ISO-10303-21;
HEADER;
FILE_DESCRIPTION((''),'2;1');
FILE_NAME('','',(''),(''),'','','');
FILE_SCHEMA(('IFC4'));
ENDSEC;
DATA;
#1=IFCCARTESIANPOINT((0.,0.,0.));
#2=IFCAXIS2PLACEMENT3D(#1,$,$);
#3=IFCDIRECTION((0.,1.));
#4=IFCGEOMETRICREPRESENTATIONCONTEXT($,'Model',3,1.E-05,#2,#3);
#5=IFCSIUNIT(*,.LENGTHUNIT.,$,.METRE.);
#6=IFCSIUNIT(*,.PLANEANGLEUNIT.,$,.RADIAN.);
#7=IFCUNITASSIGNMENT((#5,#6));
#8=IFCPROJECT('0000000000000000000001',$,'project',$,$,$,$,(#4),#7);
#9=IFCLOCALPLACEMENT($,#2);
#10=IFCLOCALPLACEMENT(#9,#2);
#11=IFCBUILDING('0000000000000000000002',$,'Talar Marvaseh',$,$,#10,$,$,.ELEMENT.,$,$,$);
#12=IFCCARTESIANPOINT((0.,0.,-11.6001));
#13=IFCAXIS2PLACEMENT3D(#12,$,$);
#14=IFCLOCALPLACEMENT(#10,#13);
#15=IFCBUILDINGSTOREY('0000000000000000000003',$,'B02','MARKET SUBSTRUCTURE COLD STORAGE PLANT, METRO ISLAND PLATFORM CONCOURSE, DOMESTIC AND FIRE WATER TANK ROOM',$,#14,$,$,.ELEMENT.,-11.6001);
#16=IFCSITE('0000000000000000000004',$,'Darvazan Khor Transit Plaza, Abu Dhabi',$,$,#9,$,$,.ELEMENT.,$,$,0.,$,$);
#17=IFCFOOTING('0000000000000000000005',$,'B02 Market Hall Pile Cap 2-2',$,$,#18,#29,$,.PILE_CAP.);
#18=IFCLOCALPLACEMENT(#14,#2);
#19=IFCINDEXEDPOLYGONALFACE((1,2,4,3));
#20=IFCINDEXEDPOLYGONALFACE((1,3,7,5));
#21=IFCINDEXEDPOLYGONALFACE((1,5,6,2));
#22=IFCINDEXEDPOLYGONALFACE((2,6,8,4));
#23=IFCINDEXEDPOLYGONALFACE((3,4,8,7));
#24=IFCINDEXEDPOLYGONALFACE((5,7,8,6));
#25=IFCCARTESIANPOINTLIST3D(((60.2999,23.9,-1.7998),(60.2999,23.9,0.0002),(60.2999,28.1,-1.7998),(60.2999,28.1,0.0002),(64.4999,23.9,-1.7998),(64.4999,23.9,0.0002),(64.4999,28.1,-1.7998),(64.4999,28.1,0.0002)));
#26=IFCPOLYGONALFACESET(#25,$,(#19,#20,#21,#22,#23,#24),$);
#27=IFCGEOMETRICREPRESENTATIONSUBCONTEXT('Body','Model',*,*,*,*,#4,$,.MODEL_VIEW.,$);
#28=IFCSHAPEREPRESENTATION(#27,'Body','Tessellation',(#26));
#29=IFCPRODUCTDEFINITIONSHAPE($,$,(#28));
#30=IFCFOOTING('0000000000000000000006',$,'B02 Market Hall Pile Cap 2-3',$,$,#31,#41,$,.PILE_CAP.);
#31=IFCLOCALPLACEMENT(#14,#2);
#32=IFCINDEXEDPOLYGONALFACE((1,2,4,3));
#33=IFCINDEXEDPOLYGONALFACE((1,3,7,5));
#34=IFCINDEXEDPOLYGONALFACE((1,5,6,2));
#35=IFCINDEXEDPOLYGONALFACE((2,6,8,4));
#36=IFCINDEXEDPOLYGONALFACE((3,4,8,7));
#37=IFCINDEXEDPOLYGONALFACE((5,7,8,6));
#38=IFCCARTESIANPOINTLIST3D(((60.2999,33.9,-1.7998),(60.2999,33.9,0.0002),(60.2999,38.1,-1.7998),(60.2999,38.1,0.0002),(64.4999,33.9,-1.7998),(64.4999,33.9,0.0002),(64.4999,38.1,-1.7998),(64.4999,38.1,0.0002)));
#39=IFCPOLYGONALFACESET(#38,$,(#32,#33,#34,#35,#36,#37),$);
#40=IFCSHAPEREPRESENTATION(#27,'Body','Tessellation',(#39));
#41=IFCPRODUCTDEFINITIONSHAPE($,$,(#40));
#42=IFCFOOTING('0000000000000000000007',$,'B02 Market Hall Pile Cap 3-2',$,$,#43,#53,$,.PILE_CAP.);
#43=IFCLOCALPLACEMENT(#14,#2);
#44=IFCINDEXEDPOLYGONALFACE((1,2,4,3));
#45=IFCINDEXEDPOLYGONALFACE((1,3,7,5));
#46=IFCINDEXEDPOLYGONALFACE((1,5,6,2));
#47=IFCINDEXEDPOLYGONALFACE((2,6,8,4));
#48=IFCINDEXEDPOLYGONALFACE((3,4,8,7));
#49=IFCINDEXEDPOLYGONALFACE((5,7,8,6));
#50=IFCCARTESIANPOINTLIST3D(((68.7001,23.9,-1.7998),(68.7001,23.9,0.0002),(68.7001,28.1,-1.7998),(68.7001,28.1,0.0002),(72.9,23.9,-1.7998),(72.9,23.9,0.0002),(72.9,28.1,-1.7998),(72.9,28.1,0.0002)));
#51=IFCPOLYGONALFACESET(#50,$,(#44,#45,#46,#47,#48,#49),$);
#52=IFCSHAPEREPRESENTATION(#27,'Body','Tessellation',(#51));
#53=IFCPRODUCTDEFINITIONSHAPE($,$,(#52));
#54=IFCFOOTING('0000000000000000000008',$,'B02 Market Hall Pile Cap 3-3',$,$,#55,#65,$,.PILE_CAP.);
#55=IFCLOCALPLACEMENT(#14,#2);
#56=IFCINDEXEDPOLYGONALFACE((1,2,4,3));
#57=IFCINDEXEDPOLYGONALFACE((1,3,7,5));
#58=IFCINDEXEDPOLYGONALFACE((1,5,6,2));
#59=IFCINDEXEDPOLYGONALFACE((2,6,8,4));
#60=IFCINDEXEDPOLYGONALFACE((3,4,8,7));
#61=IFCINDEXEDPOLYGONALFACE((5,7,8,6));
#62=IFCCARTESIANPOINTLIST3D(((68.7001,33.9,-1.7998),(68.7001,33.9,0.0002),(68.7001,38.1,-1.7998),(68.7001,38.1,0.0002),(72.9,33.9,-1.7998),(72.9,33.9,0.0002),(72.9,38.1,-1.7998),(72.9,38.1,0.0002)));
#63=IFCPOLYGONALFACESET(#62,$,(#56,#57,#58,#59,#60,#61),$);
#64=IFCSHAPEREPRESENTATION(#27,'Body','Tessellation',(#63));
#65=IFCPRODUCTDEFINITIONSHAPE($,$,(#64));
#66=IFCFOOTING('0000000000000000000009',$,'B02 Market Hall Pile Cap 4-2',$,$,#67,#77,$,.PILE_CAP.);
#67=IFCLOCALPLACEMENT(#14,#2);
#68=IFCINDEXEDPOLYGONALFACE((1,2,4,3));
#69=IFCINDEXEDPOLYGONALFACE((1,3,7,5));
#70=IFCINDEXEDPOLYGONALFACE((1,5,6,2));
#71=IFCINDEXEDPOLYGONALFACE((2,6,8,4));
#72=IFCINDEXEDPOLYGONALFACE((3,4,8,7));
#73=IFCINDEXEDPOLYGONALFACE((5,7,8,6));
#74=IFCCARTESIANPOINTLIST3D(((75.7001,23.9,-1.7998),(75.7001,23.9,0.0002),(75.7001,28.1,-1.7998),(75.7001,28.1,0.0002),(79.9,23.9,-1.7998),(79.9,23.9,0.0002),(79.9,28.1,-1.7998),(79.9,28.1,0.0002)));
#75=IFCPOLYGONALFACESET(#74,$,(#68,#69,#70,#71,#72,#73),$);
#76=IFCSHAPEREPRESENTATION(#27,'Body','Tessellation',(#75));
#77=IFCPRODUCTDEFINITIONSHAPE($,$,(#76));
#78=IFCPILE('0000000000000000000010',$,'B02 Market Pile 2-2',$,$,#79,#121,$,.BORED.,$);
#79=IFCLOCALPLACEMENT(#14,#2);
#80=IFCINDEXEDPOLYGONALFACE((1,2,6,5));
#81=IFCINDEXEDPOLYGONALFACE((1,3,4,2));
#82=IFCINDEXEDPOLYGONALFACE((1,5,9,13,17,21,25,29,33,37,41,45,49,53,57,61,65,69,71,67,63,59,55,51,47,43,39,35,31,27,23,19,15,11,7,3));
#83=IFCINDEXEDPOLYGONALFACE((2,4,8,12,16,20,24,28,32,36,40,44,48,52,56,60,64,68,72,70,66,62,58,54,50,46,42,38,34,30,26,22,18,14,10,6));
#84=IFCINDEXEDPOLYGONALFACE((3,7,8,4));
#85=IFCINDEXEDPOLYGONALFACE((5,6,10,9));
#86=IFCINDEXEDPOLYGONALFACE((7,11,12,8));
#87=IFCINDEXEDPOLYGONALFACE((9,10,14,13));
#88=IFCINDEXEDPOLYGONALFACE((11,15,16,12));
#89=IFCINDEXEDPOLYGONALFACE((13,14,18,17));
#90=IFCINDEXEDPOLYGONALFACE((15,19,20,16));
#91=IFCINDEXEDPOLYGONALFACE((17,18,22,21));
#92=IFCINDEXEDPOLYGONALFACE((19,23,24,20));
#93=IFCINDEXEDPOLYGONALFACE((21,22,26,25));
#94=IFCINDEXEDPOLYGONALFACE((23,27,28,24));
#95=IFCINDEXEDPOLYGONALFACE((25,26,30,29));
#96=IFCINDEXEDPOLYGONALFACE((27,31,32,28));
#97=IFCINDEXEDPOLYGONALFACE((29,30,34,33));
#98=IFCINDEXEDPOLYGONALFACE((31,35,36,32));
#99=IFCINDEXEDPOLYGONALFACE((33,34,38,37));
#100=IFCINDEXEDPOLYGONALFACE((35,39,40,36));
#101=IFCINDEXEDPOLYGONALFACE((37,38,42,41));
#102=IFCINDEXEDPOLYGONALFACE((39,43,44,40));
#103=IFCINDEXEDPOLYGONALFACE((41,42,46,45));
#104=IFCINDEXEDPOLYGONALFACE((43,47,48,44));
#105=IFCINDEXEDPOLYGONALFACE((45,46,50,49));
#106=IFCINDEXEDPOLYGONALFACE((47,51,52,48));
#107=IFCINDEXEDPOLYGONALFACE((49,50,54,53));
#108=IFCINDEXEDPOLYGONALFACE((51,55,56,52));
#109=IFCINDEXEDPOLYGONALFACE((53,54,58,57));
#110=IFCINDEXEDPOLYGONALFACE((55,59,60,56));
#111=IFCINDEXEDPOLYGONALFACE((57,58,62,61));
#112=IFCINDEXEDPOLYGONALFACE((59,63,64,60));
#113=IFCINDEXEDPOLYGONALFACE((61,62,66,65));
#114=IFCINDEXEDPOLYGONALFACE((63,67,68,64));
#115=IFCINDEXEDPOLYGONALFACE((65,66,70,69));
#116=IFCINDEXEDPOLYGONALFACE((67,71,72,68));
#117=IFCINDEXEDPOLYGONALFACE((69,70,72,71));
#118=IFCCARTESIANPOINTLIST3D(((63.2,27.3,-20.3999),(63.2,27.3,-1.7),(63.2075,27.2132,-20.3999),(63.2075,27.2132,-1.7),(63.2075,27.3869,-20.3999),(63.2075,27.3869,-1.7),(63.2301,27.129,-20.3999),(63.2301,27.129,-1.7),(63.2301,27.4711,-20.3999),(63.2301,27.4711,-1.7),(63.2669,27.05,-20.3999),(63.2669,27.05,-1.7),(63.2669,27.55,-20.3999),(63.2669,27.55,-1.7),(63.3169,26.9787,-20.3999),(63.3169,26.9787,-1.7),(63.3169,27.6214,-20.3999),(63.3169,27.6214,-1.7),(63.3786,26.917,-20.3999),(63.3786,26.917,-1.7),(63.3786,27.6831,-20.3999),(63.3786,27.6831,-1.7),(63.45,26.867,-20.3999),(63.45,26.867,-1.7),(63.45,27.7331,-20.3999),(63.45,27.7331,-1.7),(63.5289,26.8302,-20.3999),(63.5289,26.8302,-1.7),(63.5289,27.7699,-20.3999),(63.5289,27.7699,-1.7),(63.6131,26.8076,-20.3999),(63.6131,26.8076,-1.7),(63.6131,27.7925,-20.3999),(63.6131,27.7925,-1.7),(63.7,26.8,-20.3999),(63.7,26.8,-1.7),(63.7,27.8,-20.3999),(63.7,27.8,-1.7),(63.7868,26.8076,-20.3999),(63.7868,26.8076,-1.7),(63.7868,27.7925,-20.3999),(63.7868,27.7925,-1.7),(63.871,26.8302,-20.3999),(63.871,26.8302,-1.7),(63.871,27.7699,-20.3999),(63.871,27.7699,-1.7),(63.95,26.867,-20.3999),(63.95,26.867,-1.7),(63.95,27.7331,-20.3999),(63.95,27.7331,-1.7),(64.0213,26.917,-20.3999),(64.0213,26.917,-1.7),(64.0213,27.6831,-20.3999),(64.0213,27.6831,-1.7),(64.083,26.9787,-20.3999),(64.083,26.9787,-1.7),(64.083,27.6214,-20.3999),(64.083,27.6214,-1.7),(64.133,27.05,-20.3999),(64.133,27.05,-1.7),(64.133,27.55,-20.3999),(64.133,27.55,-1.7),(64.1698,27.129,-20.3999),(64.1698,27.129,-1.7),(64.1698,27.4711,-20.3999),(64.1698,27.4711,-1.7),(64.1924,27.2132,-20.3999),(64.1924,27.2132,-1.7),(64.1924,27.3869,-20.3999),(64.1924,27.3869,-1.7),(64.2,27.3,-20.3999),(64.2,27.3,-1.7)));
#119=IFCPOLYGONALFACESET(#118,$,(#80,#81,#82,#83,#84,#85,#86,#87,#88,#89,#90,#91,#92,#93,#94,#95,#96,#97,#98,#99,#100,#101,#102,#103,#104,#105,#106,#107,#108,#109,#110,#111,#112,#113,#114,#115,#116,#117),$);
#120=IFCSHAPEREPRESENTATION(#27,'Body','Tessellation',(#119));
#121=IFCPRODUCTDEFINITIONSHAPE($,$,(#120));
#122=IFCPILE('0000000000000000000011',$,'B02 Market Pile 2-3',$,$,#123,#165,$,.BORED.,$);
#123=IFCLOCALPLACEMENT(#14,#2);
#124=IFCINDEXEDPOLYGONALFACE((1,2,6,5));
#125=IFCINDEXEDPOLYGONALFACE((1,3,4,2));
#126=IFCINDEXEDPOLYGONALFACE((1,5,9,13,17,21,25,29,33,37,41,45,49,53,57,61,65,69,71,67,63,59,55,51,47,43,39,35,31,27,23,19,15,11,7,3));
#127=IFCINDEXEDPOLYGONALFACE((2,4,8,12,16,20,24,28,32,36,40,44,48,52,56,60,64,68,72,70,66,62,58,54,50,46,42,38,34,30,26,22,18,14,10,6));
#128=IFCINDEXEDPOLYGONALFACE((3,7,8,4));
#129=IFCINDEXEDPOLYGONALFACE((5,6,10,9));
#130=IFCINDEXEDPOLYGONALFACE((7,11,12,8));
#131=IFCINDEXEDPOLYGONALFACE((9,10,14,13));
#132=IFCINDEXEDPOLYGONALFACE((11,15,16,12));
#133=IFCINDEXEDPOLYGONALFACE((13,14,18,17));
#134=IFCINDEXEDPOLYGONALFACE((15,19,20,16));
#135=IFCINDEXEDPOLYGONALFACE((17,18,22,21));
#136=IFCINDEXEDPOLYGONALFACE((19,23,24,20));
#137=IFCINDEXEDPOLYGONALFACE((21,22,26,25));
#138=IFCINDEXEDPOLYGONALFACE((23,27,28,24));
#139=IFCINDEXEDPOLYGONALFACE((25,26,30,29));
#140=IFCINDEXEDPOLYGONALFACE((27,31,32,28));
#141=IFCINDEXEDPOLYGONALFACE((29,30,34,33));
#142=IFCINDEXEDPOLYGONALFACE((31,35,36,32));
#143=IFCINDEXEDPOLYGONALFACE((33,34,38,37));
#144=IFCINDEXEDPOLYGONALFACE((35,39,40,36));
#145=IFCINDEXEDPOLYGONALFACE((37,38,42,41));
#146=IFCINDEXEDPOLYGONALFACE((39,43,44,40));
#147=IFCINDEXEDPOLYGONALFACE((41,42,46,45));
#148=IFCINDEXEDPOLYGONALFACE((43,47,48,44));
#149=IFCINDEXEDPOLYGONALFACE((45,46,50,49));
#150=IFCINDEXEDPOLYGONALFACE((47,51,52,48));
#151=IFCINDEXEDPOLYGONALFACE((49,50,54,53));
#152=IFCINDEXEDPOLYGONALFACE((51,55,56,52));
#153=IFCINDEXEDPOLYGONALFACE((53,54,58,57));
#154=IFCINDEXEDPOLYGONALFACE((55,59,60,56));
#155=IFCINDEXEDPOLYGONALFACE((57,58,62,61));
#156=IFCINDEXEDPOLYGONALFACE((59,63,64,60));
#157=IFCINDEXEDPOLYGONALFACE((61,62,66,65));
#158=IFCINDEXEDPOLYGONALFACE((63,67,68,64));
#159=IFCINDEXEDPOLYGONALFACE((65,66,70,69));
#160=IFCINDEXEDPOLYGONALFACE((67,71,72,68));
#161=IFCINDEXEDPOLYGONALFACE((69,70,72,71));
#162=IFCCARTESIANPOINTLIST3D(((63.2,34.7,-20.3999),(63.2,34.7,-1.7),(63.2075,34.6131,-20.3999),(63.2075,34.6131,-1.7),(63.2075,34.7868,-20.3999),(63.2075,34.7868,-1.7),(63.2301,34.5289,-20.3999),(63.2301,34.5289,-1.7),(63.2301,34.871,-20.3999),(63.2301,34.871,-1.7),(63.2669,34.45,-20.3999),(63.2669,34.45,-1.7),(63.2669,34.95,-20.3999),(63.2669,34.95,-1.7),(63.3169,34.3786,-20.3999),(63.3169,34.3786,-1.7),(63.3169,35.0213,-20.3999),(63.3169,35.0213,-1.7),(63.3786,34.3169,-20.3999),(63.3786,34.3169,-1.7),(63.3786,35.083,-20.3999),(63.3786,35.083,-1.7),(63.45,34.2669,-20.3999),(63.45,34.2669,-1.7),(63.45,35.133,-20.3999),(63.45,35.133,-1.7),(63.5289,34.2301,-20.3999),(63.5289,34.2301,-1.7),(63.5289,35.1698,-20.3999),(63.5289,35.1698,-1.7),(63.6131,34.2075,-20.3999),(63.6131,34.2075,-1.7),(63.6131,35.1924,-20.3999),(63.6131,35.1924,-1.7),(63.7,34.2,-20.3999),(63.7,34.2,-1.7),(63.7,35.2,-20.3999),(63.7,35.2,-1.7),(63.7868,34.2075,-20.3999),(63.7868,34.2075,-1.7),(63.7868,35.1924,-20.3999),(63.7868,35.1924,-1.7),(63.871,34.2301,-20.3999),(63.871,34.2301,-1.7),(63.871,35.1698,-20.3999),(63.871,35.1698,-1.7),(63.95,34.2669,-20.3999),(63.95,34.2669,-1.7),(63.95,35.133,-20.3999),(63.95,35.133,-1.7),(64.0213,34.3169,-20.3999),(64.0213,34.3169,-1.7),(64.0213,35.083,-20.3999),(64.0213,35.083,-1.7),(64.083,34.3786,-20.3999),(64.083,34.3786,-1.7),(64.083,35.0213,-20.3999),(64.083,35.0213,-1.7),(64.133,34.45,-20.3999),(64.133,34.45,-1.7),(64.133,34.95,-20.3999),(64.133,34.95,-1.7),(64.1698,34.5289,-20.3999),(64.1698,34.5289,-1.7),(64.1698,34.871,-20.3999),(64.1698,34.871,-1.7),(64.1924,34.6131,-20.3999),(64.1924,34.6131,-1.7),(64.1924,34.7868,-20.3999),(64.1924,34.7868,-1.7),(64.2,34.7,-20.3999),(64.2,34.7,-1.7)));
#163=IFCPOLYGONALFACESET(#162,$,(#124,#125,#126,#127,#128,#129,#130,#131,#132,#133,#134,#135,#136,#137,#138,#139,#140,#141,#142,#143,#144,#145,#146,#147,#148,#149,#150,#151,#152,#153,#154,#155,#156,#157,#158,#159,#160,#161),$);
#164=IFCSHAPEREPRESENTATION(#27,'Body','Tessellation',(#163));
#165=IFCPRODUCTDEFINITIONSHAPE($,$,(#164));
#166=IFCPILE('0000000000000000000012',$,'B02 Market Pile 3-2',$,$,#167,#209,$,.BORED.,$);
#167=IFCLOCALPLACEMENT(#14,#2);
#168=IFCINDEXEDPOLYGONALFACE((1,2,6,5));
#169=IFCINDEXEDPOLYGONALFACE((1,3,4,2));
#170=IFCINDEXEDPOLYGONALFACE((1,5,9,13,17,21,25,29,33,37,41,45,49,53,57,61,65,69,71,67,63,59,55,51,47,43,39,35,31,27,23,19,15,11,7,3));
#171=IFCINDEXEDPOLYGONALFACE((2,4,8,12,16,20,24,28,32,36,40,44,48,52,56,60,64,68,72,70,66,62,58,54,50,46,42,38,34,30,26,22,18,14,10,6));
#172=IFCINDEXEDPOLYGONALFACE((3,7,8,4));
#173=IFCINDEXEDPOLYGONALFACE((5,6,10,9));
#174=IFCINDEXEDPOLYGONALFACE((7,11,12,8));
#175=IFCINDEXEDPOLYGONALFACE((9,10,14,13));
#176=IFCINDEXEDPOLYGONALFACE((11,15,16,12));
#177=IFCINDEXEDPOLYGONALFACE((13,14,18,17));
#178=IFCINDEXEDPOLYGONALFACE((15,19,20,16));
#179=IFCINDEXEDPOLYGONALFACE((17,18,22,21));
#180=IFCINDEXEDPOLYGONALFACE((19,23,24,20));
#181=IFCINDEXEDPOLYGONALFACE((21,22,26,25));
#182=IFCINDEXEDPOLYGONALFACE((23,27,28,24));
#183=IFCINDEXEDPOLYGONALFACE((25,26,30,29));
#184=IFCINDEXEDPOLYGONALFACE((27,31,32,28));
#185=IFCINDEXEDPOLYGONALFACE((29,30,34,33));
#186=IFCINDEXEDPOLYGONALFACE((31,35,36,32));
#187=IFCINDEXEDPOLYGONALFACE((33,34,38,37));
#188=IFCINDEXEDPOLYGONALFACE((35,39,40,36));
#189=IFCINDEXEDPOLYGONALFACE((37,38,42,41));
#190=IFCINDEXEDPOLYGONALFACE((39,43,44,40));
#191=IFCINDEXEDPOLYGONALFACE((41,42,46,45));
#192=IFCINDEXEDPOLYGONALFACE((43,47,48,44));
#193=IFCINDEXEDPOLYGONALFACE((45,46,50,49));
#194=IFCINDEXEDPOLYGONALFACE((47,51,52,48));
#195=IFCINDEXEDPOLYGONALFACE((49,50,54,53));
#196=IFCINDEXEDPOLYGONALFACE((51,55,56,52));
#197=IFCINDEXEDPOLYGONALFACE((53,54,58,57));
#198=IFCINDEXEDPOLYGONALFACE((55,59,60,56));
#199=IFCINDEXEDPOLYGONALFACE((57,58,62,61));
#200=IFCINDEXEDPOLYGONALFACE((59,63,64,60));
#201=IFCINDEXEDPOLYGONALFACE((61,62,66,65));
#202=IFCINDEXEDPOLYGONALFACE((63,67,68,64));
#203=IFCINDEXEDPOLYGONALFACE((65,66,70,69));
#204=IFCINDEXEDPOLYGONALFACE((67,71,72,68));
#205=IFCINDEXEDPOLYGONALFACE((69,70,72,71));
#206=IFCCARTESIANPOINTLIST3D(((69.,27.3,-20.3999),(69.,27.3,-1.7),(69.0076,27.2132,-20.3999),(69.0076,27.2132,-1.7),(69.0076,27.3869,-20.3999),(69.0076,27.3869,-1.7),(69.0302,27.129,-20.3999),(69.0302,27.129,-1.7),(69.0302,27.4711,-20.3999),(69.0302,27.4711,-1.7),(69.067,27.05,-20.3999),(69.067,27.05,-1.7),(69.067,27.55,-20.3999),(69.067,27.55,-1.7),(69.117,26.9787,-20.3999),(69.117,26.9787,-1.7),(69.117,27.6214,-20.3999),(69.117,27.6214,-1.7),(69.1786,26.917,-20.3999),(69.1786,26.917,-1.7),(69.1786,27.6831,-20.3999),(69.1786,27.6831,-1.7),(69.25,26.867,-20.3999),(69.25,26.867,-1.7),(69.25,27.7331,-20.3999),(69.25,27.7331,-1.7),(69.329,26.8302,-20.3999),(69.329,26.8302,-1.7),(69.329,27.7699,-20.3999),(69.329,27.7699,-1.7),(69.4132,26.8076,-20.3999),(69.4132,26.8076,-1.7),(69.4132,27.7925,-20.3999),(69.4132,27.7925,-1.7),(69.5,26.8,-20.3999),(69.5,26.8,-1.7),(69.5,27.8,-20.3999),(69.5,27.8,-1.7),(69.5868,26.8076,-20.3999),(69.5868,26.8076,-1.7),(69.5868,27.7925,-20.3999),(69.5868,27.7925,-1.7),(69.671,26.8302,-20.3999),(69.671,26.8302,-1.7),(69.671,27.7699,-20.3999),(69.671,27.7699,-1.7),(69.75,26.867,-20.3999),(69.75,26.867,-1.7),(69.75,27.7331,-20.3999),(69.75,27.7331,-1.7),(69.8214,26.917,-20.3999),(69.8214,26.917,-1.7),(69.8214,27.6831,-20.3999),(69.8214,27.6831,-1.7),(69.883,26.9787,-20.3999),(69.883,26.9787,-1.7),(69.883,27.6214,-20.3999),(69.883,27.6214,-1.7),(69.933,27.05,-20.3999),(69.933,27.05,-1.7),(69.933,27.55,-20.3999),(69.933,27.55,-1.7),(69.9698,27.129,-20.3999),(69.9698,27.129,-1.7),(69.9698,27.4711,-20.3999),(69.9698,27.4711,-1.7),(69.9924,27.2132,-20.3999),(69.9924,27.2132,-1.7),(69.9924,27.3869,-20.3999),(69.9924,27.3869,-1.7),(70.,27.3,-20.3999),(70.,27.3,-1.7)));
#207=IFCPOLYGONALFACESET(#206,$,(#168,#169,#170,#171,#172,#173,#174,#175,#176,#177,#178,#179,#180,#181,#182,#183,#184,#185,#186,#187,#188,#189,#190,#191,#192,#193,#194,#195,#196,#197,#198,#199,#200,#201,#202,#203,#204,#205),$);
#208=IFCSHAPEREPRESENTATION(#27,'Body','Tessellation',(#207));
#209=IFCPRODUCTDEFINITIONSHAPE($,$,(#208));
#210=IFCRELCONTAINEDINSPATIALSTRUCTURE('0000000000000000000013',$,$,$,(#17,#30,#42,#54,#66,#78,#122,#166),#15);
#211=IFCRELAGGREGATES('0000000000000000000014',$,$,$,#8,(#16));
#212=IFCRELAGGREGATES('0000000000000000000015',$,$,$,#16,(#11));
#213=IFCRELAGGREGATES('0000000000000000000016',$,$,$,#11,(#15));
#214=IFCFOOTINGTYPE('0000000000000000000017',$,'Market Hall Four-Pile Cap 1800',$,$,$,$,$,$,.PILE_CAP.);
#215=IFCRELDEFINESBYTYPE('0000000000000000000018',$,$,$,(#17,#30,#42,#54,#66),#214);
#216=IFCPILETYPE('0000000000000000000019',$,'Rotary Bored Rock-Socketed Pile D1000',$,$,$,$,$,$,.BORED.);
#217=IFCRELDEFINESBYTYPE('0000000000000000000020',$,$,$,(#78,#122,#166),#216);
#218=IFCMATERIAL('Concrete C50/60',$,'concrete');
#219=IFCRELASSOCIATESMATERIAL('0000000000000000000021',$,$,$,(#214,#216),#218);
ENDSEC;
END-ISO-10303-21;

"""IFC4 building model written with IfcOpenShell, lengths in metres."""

from ifc_helpers import new_model, si_unit, direction, frame, origin, origin_2d, place, context, subcontext, project, spatial, rectangle, circle, extrude, source, transform, mapped, material, material_profile, profile_set, type_object, type_shapes, element, save


model = new_model("IFC4")

# Units and contexts
model_context = context("Model", 3, precision=1e-05, world=origin(), true_north=direction((0.0, 1.0)))
body_context = subcontext(model_context, "Body", "Model", "MODEL_VIEW")
ifc_project = project(units=[si_unit("LENGTHUNIT", "METRE"), si_unit("PLANEANGLEUNIT", "RADIAN")], contexts=[model_context])

# Site, building, storey
site_placement = place(None, origin())
site = spatial("IfcSite", under=ifc_project, at=site_placement, Name="Darvazan Khor Transit Plaza, Abu Dhabi", CompositionType="ELEMENT", RefElevation=0.0)
building_placement = place(site_placement, origin())
building = spatial("IfcBuilding", under=site, at=building_placement, Name="Talar Marvaseh", CompositionType="ELEMENT")
storey_placement = place(building_placement, frame((0.0, 0.0, -11.6001)))
storey = spatial("IfcBuildingStorey", under=building, at=storey_placement, Name="B02", Description="MARKET SUBSTRUCTURE COLD STORAGE PLANT, METRO ISLAND PLATFORM CONCOURSE, DOMESTIC AND FIRE WATER TANK ROOM", CompositionType="ELEMENT", Elevation=-11.6001)

# Footings
ifc_material_1 = material(Name="Concrete C50/60", Category="concrete")
footing_type_1 = type_object("IfcFootingType", Name="Market Hall Four-Pile Cap 1800", PredefinedType="PILE_CAP", material=ifc_material_1)
shared_shape_1 = source(origin(), body_context, "Body", "SweptSolid", [
    extrude(rectangle(XDim=4.2, YDim=4.2, at=origin_2d()), origin(), (0.0, 0.0, 1.0), 1.8),
])
type_shapes(footing_type_1, [shared_shape_1])
for number, where, z_axis, x_axis, name in (
    (1, (62.3999, 26.0, -1.7998), (0.0, 0.0, 1.0), (1.0, 0.0, 0.0), "B02 Market Hall Pile Cap 2-2"),
    (2, (62.3999, 36.0, -1.7998), (0.0, 0.0, 1.0), (1.0, 0.0, 0.0), "B02 Market Hall Pile Cap 2-3"),
    (3, (70.8, 26.0, -1.7998), (0.0, 0.0, 1.0), (1.0, 0.0, 0.0), "B02 Market Hall Pile Cap 3-2"),
    (4, (70.8, 36.0, -1.7998), (0.0, 0.0, 1.0), (1.0, 0.0, 0.0), "B02 Market Hall Pile Cap 3-3"),
    (5, (77.8, 26.0, -1.7998), (0.0, 0.0, 1.0), (1.0, 0.0, 0.0), "B02 Market Hall Pile Cap 4-2"),
):
    element("IfcFooting", number, at=place(storey_placement, frame(where, z_axis=z_axis, x_axis=x_axis)), inside=storey, type_object=footing_type_1, Name=name, PredefinedType="PILE_CAP", context=body_context, shape_type="MappedRepresentation", body=[
        mapped(shared_shape_1, transform((0.0, 0.0, 0.0), x_axis=(1.0, 0.0, 0.0), y_axis=(0.0, 1.0, 0.0), z_axis=(0.0, 0.0, 1.0), scale=1.0)),
    ])

# Piles
ifc_material_profile_1 = material_profile(ifc_material_1, circle(Radius=0.5, at=origin_2d()), Name="PILE-D1000")
ifc_profile_set_1 = profile_set([ifc_material_profile_1], Name="Concrete C50/60")
pile_type = type_object("IfcPileType", Name="Rotary Bored Rock-Socketed Pile D1000", PredefinedType="BORED", material=ifc_profile_set_1)
shared_shape_2 = source(origin(), body_context, "Body", "SweptSolid", [
    extrude(circle(Radius=0.5, at=origin_2d()), origin(), (0.0, 0.0, 1.0), 18.7),
])
type_shapes(pile_type, [shared_shape_2])
for number, where, z_axis, x_axis, name in (
    (6, (63.7, 27.3, -1.7), (0.0, 0.0, -1.0), (1.0, 0.0, 0.0), "B02 Market Pile 2-2"),
    (7, (63.7, 34.7, -1.7), (0.0, 0.0, -1.0), (1.0, 0.0, 0.0), "B02 Market Pile 2-3"),
    (8, (69.5, 27.3, -1.7), (0.0, 0.0, -1.0), (1.0, 0.0, 0.0), "B02 Market Pile 3-2"),
):
    element("IfcPile", number, at=place(storey_placement, frame(where, z_axis=z_axis, x_axis=x_axis)), inside=storey, type_object=pile_type, Name=name, PredefinedType="BORED", context=body_context, shape_type="MappedRepresentation", body=[
        mapped(shared_shape_2, transform((0.0, 0.0, 0.0), x_axis=(1.0, 0.0, 0.0), y_axis=(0.0, 1.0, 0.0), z_axis=(0.0, 0.0, 1.0), scale=1.0)),
    ])

save(model, "model.ifc")
